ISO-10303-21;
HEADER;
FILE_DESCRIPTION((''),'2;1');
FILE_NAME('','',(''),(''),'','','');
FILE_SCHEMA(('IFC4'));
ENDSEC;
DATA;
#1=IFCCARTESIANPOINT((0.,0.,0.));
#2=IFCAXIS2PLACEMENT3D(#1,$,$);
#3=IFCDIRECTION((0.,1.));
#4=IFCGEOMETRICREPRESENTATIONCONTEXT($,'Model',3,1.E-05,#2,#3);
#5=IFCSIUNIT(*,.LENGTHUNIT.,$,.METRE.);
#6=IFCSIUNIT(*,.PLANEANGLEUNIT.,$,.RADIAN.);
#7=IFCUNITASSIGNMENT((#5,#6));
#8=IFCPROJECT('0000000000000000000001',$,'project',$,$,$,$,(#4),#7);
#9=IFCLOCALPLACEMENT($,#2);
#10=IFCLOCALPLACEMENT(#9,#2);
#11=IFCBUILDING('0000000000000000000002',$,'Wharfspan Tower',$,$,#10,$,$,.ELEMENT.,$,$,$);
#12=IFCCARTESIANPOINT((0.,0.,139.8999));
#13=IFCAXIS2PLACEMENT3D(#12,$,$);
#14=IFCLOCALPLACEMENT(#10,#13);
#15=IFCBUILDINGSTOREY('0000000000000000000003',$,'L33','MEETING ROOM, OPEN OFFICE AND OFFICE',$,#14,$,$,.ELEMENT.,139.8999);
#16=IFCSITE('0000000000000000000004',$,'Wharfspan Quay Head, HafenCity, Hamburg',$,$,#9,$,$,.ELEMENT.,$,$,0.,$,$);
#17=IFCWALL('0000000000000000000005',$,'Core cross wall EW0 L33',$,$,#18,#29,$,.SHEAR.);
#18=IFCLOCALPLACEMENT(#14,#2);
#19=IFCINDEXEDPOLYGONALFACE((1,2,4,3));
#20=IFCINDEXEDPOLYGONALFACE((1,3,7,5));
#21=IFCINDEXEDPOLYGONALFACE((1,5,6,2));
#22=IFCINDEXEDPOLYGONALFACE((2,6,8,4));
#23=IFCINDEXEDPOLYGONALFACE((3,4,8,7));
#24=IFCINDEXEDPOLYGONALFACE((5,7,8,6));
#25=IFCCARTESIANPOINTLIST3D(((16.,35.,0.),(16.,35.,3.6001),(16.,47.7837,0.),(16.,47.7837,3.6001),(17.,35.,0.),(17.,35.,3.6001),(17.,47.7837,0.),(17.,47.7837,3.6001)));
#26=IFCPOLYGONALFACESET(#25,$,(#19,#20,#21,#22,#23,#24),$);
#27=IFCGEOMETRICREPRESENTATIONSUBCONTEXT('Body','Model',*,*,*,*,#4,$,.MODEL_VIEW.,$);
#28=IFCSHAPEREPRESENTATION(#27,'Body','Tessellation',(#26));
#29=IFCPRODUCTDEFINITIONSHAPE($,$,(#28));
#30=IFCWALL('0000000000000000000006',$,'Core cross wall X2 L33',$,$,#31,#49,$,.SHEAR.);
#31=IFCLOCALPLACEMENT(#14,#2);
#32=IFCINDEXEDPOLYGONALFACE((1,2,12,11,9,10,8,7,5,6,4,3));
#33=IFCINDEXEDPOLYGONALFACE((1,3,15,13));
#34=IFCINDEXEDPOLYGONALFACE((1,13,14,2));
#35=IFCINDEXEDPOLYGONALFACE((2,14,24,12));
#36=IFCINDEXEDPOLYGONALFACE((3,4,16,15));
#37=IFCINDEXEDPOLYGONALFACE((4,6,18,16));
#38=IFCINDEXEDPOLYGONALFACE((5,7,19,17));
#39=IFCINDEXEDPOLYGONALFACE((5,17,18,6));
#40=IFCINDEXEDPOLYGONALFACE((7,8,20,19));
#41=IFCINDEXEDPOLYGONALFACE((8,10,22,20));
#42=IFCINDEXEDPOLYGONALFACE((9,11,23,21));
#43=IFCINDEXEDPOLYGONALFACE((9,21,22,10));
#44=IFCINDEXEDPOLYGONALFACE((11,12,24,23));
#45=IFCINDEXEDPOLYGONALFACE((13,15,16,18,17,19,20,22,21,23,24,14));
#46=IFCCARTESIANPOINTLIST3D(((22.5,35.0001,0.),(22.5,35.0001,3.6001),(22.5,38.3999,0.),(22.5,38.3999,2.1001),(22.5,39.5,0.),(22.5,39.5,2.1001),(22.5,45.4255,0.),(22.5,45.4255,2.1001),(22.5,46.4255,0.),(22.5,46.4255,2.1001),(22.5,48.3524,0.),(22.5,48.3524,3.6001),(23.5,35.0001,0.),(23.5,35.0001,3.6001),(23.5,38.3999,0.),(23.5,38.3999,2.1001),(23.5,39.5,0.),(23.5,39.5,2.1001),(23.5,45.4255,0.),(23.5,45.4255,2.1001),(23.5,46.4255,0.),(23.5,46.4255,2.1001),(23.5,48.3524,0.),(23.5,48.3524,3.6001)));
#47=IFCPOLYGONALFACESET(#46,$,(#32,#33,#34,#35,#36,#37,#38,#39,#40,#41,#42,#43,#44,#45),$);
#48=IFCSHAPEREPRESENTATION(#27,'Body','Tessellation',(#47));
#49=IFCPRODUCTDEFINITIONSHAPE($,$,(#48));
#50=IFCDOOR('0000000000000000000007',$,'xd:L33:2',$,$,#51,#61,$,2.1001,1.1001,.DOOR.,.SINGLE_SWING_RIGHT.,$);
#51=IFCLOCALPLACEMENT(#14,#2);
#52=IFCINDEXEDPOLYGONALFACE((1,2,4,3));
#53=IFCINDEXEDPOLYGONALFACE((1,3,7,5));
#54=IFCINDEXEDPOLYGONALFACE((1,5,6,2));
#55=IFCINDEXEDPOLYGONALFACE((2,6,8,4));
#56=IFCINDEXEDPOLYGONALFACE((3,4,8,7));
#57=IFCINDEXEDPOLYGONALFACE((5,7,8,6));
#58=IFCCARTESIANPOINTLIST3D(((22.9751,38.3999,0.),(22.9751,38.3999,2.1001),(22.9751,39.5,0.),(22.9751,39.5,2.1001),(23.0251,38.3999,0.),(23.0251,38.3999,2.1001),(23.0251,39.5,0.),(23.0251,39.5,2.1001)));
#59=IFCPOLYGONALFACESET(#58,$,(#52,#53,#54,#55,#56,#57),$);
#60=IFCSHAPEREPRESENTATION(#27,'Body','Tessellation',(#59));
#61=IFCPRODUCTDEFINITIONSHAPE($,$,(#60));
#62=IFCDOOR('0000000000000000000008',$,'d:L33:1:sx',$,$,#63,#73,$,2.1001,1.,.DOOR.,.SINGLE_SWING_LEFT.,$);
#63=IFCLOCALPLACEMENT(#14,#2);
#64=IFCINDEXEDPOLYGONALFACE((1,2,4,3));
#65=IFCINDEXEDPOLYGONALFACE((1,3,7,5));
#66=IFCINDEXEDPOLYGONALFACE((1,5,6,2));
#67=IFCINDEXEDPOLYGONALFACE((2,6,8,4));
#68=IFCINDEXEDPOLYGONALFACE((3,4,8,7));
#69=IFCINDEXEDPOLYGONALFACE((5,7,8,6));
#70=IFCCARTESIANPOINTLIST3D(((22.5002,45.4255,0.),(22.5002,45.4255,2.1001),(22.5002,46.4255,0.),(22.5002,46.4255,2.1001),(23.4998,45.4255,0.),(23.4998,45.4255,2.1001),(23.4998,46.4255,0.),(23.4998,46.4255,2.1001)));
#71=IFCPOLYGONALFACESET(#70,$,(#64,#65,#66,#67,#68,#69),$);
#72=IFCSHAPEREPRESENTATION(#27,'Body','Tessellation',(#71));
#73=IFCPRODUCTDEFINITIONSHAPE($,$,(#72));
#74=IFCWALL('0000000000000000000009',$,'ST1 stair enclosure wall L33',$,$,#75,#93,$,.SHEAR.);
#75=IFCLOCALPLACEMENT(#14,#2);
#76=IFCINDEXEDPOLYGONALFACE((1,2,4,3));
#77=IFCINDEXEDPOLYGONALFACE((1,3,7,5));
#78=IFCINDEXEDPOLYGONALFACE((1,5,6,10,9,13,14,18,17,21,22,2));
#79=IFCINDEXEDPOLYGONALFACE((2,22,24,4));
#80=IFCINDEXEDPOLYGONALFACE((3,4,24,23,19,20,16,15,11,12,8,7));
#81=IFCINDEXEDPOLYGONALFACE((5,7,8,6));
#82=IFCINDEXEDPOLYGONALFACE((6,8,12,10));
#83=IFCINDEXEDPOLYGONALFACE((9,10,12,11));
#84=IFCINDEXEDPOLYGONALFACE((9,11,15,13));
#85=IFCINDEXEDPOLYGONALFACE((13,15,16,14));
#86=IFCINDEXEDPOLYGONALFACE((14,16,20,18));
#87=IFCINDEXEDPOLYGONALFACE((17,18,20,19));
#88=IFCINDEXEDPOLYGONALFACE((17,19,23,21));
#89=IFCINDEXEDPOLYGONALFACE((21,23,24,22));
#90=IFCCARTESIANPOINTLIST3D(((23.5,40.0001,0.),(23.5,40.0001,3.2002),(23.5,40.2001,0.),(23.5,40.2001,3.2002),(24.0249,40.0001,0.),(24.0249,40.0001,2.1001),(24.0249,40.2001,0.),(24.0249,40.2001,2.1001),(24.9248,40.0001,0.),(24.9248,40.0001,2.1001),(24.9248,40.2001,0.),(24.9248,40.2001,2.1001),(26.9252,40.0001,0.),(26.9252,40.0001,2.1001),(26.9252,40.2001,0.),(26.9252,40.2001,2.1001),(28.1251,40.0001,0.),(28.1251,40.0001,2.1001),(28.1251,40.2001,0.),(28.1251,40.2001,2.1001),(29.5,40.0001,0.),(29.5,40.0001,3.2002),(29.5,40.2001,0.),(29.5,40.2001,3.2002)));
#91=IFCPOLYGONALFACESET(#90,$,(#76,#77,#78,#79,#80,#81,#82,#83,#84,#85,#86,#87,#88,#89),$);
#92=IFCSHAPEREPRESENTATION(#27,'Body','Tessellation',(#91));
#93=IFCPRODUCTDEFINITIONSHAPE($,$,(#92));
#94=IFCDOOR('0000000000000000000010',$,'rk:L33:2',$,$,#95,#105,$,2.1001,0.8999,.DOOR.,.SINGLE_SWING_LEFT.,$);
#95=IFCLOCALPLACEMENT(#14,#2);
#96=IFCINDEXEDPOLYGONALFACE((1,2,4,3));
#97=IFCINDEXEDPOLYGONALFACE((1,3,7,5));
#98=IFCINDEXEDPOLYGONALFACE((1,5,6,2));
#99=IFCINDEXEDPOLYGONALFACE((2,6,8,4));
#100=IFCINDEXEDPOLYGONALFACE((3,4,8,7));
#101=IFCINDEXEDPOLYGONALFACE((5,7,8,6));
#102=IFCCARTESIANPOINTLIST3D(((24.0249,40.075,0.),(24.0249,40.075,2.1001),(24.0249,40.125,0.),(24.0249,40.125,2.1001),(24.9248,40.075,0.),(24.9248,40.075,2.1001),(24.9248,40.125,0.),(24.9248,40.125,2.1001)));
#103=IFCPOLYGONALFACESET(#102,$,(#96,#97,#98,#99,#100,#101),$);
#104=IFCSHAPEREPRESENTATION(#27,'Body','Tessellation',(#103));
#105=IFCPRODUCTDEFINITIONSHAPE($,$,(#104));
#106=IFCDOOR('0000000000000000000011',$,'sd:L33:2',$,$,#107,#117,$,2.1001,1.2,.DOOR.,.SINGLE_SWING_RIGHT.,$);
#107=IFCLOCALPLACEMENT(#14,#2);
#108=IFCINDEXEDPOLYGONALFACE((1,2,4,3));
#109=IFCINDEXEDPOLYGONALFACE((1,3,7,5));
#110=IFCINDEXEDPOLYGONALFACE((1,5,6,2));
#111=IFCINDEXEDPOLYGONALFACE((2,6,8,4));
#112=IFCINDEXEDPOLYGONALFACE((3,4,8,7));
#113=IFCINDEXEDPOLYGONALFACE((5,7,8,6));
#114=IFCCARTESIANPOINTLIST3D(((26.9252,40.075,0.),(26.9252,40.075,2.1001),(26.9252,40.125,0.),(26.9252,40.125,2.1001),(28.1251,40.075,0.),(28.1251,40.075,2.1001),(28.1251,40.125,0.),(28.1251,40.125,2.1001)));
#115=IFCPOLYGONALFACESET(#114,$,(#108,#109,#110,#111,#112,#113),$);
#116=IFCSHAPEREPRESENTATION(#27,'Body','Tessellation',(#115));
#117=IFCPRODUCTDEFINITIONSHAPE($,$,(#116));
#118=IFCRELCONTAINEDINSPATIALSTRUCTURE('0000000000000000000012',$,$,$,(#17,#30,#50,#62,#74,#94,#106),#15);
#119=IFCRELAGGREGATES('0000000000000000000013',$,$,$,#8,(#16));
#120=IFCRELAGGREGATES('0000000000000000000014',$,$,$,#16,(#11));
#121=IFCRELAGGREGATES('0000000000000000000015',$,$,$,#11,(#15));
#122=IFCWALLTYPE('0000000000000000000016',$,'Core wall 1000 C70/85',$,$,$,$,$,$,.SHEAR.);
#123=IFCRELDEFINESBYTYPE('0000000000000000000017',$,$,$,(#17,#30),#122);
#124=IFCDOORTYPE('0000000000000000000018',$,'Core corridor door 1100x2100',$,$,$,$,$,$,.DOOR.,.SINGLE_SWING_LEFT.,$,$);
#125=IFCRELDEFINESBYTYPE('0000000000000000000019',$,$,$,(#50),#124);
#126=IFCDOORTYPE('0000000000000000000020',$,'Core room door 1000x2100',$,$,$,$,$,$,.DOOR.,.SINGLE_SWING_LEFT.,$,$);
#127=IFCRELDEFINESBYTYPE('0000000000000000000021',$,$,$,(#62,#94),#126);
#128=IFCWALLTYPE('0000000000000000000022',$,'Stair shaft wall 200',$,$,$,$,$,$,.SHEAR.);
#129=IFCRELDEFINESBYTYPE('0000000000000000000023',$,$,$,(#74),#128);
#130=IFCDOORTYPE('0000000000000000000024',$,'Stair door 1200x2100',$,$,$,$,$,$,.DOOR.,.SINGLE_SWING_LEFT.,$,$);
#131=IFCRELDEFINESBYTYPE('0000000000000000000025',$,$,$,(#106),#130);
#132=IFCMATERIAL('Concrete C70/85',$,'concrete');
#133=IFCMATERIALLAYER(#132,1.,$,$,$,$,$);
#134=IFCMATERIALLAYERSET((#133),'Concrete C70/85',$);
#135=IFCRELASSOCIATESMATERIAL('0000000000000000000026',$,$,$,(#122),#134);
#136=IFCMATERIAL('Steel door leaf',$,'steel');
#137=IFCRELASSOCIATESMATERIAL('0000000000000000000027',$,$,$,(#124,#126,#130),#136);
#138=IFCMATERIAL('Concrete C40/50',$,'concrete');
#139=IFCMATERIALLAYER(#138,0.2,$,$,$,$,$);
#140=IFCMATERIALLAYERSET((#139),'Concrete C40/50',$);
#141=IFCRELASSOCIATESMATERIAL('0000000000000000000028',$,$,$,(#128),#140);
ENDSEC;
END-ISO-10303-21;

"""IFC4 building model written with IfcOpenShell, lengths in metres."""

from ifc_helpers import new_model, si_unit, direction, frame, frame_2d, origin, place, context, subcontext, project, spatial, rectangle, extrude, material, layer, layer_set, type_object, element, fill, save


model = new_model("IFC4")

# Units and contexts
model_context = context("Model", 3, precision=1e-05, world=origin(), true_north=direction((0.0, 1.0)))
body_context = subcontext(model_context, "Body", "Model", "MODEL_VIEW")
ifc_project = project(units=[si_unit("LENGTHUNIT", "METRE"), si_unit("PLANEANGLEUNIT", "RADIAN")], contexts=[model_context])

# Site, building, storey
site_placement = place(None, origin())
site = spatial("IfcSite", under=ifc_project, at=site_placement, Name="Wharfspan Quay Head, HafenCity, Hamburg", CompositionType="ELEMENT", RefElevation=0.0)
building_placement = place(site_placement, origin())
building = spatial("IfcBuilding", under=site, at=building_placement, Name="Wharfspan Tower", CompositionType="ELEMENT")
storey_placement = place(building_placement, frame((0.0, 0.0, 139.8999)))
storey = spatial("IfcBuildingStorey", under=building, at=storey_placement, Name="L33", Description="MEETING ROOM, OPEN OFFICE AND OFFICE", CompositionType="ELEMENT", Elevation=139.8999)

# Wall
ifc_material_1 = material(Name="Concrete C70/85", Category="concrete")
ifc_layer_1 = layer(ifc_material_1, 1.0)
ifc_layer_set_1 = layer_set([ifc_layer_1], Name="Concrete C70/85")
wall_type_1 = type_object("IfcWallType", Name="Core wall 1000 C70/85", PredefinedType="SHEAR", material=ifc_layer_set_1)
wall_1_placement = place(storey_placement, frame((16.5, 35.0, 0.0), z_axis=(0.0, 0.0, 1.0), x_axis=(0.0, 1.0, 0.0)))
element("IfcWall", 1, at=wall_1_placement, inside=storey, type_object=wall_type_1, Name="Core cross wall EW0 L33", PredefinedType="SHEAR", context=body_context, shape_type="SweptSolid", body=[
    extrude(rectangle(XDim=12.7837, YDim=1.0, at=frame_2d((6.3918, 0.0))), origin(), (0.0, 0.0, 1.0), 3.6001),
])

# Walls, openings, doors
wall_2_placement = place(storey_placement, frame((23.0, 35.0, 0.0), z_axis=(0.0, 0.0, 1.0), x_axis=(0.0, 1.0, 0.0)))
wall_2 = element("IfcWall", 2, at=wall_2_placement, inside=storey, type_object=wall_type_1, Name="Core cross wall X2 L33", PredefinedType="SHEAR", context=body_context, shape_type="SweptSolid", body=[
    extrude(rectangle(XDim=13.3523, YDim=1.0, at=frame_2d((6.6763, 0.0))), origin(), (0.0, 0.0, 1.0), 3.6001),
])
opening_1_placement = place(wall_2_placement, frame((10.4255, 0.0, 0.0)))
opening_1 = element("IfcOpeningElement", 3, at=opening_1_placement, cuts=wall_2, PredefinedType="OPENING", context=body_context, shape_type="SweptSolid", body=[
    extrude(rectangle(XDim=1.0, YDim=2.1001, at=frame_2d((0.5, 1.05))), frame((0.0, 0.51, 0.0), z_axis=(0.0, -1.0, 0.0), x_axis=(1.0, 0.0, 0.0)), (0.0, 0.0, 1.0), 1.02),
])
opening_2_placement = place(wall_2_placement, frame((3.3999, 0.0, 0.0)))
opening_2 = element("IfcOpeningElement", 4, at=opening_2_placement, cuts=wall_2, PredefinedType="OPENING", context=body_context, shape_type="SweptSolid", body=[
    extrude(rectangle(XDim=1.1001, YDim=2.1001, at=frame_2d((0.55, 1.05))), frame((0.0, 0.51, 0.0), z_axis=(0.0, -1.0, 0.0), x_axis=(1.0, 0.0, 0.0)), (0.0, 0.0, 1.0), 1.02),
])
ifc_material_2 = material(Name="Steel door leaf", Category="steel")
door_type_1 = type_object("IfcDoorType", Name="Core corridor door 1100x2100", OperationType="SINGLE_SWING_LEFT", PredefinedType="DOOR", material=ifc_material_2)
door_1_placement = place(opening_2_placement, origin())
door_1 = element("IfcDoor", 5, at=door_1_placement, inside=storey, type_object=door_type_1, Name="xd:L33:2", OperationType="SINGLE_SWING_RIGHT", OverallHeight=2.1001, OverallWidth=1.1001, PredefinedType="DOOR", context=body_context, shape_type="SweptSolid", body=[
    extrude(rectangle(XDim=1.1001, YDim=2.1001, at=frame_2d((0.55, 1.05))), frame((0.0, 0.0249, 0.0), z_axis=(0.0, -1.0, 0.0), x_axis=(1.0, 0.0, 0.0)), (0.0, 0.0, 1.0), 0.05),
])
fill(opening_2, door_1)
door_type_2 = type_object("IfcDoorType", Name="Core room door 1000x2100", OperationType="SINGLE_SWING_LEFT", PredefinedType="DOOR", material=ifc_material_2)
door_2_placement = place(opening_1_placement, origin())
door_2 = element("IfcDoor", 6, at=door_2_placement, inside=storey, type_object=door_type_2, Name="d:L33:1:sx", OperationType="SINGLE_SWING_LEFT", OverallHeight=2.1001, OverallWidth=1.0, PredefinedType="DOOR", context=body_context, shape_type="SweptSolid", body=[
    extrude(rectangle(XDim=1.0, YDim=2.1001, at=frame_2d((0.5, 1.05))), frame((0.0, 0.4998, 0.0), z_axis=(0.0, -1.0, 0.0), x_axis=(1.0, 0.0, 0.0)), (0.0, 0.0, 1.0), 0.9995),
])
fill(opening_1, door_2)
ifc_material_3 = material(Name="Concrete C40/50", Category="concrete")
ifc_layer_2 = layer(ifc_material_3, 0.2)
ifc_layer_set_2 = layer_set([ifc_layer_2], Name="Concrete C40/50")
wall_type_2 = type_object("IfcWallType", Name="Stair shaft wall 200", PredefinedType="SHEAR", material=ifc_layer_set_2)
wall_3_placement = place(storey_placement, frame((23.5, 40.1001, 0.0), z_axis=(0.0, 0.0, 1.0), x_axis=(1.0, 0.0, 0.0)))
wall_3 = element("IfcWall", 7, at=wall_3_placement, inside=storey, type_object=wall_type_2, Name="ST1 stair enclosure wall L33", PredefinedType="SHEAR", context=body_context, shape_type="SweptSolid", body=[
    extrude(rectangle(XDim=6.0, YDim=0.2, at=frame_2d((3.0, 0.0))), origin(), (0.0, 0.0, 1.0), 3.2002),
])
opening_3_placement = place(wall_3_placement, frame((3.425, 0.0, 0.0)))
opening_3 = element("IfcOpeningElement", 8, at=opening_3_placement, cuts=wall_3, PredefinedType="OPENING", context=body_context, shape_type="SweptSolid", body=[
    extrude(rectangle(XDim=1.2, YDim=2.1001, at=frame_2d((0.6001, 1.05))), frame((0.0, 0.1099, 0.0), z_axis=(0.0, -1.0, 0.0), x_axis=(1.0, 0.0, 0.0)), (0.0, 0.0, 1.0), 0.22),
])
opening_4_placement = place(wall_3_placement, frame((0.5249, 0.0, 0.0)))
opening_4 = element("IfcOpeningElement", 9, at=opening_4_placement, cuts=wall_3, PredefinedType="OPENING", context=body_context, shape_type="SweptSolid", body=[
    extrude(rectangle(XDim=0.8999, YDim=2.1001, at=frame_2d((0.45, 1.05))), frame((0.0, 0.1099, 0.0), z_axis=(0.0, -1.0, 0.0), x_axis=(1.0, 0.0, 0.0)), (0.0, 0.0, 1.0), 0.22),
])
door_3_placement = place(opening_4_placement, origin())
door_3 = element("IfcDoor", 10, at=door_3_placement, inside=storey, type_object=door_type_2, Name="rk:L33:2", OperationType="SINGLE_SWING_LEFT", OverallHeight=2.1001, OverallWidth=0.8999, PredefinedType="DOOR", context=body_context, shape_type="SweptSolid", body=[
    extrude(rectangle(XDim=0.8999, YDim=2.1001, at=frame_2d((0.45, 1.05))), frame((0.0, 0.0249, 0.0), z_axis=(0.0, -1.0, 0.0), x_axis=(1.0, 0.0, 0.0)), (0.0, 0.0, 1.0), 0.05),
])
fill(opening_4, door_3)
door_type_3 = type_object("IfcDoorType", Name="Stair door 1200x2100", OperationType="SINGLE_SWING_LEFT", PredefinedType="DOOR", material=ifc_material_2)
door_4_placement = place(opening_3_placement, origin())
door_4 = element("IfcDoor", 11, at=door_4_placement, inside=storey, type_object=door_type_3, Name="sd:L33:2", OperationType="SINGLE_SWING_RIGHT", OverallHeight=2.1001, OverallWidth=1.2, PredefinedType="DOOR", context=body_context, shape_type="SweptSolid", body=[
    extrude(rectangle(XDim=1.2, YDim=2.1001, at=frame_2d((0.6001, 1.05))), frame((0.0, 0.0249, 0.0), z_axis=(0.0, -1.0, 0.0), x_axis=(1.0, 0.0, 0.0)), (0.0, 0.0, 1.0), 0.05),
])
fill(opening_3, door_4)

save(model, "model.ifc")
